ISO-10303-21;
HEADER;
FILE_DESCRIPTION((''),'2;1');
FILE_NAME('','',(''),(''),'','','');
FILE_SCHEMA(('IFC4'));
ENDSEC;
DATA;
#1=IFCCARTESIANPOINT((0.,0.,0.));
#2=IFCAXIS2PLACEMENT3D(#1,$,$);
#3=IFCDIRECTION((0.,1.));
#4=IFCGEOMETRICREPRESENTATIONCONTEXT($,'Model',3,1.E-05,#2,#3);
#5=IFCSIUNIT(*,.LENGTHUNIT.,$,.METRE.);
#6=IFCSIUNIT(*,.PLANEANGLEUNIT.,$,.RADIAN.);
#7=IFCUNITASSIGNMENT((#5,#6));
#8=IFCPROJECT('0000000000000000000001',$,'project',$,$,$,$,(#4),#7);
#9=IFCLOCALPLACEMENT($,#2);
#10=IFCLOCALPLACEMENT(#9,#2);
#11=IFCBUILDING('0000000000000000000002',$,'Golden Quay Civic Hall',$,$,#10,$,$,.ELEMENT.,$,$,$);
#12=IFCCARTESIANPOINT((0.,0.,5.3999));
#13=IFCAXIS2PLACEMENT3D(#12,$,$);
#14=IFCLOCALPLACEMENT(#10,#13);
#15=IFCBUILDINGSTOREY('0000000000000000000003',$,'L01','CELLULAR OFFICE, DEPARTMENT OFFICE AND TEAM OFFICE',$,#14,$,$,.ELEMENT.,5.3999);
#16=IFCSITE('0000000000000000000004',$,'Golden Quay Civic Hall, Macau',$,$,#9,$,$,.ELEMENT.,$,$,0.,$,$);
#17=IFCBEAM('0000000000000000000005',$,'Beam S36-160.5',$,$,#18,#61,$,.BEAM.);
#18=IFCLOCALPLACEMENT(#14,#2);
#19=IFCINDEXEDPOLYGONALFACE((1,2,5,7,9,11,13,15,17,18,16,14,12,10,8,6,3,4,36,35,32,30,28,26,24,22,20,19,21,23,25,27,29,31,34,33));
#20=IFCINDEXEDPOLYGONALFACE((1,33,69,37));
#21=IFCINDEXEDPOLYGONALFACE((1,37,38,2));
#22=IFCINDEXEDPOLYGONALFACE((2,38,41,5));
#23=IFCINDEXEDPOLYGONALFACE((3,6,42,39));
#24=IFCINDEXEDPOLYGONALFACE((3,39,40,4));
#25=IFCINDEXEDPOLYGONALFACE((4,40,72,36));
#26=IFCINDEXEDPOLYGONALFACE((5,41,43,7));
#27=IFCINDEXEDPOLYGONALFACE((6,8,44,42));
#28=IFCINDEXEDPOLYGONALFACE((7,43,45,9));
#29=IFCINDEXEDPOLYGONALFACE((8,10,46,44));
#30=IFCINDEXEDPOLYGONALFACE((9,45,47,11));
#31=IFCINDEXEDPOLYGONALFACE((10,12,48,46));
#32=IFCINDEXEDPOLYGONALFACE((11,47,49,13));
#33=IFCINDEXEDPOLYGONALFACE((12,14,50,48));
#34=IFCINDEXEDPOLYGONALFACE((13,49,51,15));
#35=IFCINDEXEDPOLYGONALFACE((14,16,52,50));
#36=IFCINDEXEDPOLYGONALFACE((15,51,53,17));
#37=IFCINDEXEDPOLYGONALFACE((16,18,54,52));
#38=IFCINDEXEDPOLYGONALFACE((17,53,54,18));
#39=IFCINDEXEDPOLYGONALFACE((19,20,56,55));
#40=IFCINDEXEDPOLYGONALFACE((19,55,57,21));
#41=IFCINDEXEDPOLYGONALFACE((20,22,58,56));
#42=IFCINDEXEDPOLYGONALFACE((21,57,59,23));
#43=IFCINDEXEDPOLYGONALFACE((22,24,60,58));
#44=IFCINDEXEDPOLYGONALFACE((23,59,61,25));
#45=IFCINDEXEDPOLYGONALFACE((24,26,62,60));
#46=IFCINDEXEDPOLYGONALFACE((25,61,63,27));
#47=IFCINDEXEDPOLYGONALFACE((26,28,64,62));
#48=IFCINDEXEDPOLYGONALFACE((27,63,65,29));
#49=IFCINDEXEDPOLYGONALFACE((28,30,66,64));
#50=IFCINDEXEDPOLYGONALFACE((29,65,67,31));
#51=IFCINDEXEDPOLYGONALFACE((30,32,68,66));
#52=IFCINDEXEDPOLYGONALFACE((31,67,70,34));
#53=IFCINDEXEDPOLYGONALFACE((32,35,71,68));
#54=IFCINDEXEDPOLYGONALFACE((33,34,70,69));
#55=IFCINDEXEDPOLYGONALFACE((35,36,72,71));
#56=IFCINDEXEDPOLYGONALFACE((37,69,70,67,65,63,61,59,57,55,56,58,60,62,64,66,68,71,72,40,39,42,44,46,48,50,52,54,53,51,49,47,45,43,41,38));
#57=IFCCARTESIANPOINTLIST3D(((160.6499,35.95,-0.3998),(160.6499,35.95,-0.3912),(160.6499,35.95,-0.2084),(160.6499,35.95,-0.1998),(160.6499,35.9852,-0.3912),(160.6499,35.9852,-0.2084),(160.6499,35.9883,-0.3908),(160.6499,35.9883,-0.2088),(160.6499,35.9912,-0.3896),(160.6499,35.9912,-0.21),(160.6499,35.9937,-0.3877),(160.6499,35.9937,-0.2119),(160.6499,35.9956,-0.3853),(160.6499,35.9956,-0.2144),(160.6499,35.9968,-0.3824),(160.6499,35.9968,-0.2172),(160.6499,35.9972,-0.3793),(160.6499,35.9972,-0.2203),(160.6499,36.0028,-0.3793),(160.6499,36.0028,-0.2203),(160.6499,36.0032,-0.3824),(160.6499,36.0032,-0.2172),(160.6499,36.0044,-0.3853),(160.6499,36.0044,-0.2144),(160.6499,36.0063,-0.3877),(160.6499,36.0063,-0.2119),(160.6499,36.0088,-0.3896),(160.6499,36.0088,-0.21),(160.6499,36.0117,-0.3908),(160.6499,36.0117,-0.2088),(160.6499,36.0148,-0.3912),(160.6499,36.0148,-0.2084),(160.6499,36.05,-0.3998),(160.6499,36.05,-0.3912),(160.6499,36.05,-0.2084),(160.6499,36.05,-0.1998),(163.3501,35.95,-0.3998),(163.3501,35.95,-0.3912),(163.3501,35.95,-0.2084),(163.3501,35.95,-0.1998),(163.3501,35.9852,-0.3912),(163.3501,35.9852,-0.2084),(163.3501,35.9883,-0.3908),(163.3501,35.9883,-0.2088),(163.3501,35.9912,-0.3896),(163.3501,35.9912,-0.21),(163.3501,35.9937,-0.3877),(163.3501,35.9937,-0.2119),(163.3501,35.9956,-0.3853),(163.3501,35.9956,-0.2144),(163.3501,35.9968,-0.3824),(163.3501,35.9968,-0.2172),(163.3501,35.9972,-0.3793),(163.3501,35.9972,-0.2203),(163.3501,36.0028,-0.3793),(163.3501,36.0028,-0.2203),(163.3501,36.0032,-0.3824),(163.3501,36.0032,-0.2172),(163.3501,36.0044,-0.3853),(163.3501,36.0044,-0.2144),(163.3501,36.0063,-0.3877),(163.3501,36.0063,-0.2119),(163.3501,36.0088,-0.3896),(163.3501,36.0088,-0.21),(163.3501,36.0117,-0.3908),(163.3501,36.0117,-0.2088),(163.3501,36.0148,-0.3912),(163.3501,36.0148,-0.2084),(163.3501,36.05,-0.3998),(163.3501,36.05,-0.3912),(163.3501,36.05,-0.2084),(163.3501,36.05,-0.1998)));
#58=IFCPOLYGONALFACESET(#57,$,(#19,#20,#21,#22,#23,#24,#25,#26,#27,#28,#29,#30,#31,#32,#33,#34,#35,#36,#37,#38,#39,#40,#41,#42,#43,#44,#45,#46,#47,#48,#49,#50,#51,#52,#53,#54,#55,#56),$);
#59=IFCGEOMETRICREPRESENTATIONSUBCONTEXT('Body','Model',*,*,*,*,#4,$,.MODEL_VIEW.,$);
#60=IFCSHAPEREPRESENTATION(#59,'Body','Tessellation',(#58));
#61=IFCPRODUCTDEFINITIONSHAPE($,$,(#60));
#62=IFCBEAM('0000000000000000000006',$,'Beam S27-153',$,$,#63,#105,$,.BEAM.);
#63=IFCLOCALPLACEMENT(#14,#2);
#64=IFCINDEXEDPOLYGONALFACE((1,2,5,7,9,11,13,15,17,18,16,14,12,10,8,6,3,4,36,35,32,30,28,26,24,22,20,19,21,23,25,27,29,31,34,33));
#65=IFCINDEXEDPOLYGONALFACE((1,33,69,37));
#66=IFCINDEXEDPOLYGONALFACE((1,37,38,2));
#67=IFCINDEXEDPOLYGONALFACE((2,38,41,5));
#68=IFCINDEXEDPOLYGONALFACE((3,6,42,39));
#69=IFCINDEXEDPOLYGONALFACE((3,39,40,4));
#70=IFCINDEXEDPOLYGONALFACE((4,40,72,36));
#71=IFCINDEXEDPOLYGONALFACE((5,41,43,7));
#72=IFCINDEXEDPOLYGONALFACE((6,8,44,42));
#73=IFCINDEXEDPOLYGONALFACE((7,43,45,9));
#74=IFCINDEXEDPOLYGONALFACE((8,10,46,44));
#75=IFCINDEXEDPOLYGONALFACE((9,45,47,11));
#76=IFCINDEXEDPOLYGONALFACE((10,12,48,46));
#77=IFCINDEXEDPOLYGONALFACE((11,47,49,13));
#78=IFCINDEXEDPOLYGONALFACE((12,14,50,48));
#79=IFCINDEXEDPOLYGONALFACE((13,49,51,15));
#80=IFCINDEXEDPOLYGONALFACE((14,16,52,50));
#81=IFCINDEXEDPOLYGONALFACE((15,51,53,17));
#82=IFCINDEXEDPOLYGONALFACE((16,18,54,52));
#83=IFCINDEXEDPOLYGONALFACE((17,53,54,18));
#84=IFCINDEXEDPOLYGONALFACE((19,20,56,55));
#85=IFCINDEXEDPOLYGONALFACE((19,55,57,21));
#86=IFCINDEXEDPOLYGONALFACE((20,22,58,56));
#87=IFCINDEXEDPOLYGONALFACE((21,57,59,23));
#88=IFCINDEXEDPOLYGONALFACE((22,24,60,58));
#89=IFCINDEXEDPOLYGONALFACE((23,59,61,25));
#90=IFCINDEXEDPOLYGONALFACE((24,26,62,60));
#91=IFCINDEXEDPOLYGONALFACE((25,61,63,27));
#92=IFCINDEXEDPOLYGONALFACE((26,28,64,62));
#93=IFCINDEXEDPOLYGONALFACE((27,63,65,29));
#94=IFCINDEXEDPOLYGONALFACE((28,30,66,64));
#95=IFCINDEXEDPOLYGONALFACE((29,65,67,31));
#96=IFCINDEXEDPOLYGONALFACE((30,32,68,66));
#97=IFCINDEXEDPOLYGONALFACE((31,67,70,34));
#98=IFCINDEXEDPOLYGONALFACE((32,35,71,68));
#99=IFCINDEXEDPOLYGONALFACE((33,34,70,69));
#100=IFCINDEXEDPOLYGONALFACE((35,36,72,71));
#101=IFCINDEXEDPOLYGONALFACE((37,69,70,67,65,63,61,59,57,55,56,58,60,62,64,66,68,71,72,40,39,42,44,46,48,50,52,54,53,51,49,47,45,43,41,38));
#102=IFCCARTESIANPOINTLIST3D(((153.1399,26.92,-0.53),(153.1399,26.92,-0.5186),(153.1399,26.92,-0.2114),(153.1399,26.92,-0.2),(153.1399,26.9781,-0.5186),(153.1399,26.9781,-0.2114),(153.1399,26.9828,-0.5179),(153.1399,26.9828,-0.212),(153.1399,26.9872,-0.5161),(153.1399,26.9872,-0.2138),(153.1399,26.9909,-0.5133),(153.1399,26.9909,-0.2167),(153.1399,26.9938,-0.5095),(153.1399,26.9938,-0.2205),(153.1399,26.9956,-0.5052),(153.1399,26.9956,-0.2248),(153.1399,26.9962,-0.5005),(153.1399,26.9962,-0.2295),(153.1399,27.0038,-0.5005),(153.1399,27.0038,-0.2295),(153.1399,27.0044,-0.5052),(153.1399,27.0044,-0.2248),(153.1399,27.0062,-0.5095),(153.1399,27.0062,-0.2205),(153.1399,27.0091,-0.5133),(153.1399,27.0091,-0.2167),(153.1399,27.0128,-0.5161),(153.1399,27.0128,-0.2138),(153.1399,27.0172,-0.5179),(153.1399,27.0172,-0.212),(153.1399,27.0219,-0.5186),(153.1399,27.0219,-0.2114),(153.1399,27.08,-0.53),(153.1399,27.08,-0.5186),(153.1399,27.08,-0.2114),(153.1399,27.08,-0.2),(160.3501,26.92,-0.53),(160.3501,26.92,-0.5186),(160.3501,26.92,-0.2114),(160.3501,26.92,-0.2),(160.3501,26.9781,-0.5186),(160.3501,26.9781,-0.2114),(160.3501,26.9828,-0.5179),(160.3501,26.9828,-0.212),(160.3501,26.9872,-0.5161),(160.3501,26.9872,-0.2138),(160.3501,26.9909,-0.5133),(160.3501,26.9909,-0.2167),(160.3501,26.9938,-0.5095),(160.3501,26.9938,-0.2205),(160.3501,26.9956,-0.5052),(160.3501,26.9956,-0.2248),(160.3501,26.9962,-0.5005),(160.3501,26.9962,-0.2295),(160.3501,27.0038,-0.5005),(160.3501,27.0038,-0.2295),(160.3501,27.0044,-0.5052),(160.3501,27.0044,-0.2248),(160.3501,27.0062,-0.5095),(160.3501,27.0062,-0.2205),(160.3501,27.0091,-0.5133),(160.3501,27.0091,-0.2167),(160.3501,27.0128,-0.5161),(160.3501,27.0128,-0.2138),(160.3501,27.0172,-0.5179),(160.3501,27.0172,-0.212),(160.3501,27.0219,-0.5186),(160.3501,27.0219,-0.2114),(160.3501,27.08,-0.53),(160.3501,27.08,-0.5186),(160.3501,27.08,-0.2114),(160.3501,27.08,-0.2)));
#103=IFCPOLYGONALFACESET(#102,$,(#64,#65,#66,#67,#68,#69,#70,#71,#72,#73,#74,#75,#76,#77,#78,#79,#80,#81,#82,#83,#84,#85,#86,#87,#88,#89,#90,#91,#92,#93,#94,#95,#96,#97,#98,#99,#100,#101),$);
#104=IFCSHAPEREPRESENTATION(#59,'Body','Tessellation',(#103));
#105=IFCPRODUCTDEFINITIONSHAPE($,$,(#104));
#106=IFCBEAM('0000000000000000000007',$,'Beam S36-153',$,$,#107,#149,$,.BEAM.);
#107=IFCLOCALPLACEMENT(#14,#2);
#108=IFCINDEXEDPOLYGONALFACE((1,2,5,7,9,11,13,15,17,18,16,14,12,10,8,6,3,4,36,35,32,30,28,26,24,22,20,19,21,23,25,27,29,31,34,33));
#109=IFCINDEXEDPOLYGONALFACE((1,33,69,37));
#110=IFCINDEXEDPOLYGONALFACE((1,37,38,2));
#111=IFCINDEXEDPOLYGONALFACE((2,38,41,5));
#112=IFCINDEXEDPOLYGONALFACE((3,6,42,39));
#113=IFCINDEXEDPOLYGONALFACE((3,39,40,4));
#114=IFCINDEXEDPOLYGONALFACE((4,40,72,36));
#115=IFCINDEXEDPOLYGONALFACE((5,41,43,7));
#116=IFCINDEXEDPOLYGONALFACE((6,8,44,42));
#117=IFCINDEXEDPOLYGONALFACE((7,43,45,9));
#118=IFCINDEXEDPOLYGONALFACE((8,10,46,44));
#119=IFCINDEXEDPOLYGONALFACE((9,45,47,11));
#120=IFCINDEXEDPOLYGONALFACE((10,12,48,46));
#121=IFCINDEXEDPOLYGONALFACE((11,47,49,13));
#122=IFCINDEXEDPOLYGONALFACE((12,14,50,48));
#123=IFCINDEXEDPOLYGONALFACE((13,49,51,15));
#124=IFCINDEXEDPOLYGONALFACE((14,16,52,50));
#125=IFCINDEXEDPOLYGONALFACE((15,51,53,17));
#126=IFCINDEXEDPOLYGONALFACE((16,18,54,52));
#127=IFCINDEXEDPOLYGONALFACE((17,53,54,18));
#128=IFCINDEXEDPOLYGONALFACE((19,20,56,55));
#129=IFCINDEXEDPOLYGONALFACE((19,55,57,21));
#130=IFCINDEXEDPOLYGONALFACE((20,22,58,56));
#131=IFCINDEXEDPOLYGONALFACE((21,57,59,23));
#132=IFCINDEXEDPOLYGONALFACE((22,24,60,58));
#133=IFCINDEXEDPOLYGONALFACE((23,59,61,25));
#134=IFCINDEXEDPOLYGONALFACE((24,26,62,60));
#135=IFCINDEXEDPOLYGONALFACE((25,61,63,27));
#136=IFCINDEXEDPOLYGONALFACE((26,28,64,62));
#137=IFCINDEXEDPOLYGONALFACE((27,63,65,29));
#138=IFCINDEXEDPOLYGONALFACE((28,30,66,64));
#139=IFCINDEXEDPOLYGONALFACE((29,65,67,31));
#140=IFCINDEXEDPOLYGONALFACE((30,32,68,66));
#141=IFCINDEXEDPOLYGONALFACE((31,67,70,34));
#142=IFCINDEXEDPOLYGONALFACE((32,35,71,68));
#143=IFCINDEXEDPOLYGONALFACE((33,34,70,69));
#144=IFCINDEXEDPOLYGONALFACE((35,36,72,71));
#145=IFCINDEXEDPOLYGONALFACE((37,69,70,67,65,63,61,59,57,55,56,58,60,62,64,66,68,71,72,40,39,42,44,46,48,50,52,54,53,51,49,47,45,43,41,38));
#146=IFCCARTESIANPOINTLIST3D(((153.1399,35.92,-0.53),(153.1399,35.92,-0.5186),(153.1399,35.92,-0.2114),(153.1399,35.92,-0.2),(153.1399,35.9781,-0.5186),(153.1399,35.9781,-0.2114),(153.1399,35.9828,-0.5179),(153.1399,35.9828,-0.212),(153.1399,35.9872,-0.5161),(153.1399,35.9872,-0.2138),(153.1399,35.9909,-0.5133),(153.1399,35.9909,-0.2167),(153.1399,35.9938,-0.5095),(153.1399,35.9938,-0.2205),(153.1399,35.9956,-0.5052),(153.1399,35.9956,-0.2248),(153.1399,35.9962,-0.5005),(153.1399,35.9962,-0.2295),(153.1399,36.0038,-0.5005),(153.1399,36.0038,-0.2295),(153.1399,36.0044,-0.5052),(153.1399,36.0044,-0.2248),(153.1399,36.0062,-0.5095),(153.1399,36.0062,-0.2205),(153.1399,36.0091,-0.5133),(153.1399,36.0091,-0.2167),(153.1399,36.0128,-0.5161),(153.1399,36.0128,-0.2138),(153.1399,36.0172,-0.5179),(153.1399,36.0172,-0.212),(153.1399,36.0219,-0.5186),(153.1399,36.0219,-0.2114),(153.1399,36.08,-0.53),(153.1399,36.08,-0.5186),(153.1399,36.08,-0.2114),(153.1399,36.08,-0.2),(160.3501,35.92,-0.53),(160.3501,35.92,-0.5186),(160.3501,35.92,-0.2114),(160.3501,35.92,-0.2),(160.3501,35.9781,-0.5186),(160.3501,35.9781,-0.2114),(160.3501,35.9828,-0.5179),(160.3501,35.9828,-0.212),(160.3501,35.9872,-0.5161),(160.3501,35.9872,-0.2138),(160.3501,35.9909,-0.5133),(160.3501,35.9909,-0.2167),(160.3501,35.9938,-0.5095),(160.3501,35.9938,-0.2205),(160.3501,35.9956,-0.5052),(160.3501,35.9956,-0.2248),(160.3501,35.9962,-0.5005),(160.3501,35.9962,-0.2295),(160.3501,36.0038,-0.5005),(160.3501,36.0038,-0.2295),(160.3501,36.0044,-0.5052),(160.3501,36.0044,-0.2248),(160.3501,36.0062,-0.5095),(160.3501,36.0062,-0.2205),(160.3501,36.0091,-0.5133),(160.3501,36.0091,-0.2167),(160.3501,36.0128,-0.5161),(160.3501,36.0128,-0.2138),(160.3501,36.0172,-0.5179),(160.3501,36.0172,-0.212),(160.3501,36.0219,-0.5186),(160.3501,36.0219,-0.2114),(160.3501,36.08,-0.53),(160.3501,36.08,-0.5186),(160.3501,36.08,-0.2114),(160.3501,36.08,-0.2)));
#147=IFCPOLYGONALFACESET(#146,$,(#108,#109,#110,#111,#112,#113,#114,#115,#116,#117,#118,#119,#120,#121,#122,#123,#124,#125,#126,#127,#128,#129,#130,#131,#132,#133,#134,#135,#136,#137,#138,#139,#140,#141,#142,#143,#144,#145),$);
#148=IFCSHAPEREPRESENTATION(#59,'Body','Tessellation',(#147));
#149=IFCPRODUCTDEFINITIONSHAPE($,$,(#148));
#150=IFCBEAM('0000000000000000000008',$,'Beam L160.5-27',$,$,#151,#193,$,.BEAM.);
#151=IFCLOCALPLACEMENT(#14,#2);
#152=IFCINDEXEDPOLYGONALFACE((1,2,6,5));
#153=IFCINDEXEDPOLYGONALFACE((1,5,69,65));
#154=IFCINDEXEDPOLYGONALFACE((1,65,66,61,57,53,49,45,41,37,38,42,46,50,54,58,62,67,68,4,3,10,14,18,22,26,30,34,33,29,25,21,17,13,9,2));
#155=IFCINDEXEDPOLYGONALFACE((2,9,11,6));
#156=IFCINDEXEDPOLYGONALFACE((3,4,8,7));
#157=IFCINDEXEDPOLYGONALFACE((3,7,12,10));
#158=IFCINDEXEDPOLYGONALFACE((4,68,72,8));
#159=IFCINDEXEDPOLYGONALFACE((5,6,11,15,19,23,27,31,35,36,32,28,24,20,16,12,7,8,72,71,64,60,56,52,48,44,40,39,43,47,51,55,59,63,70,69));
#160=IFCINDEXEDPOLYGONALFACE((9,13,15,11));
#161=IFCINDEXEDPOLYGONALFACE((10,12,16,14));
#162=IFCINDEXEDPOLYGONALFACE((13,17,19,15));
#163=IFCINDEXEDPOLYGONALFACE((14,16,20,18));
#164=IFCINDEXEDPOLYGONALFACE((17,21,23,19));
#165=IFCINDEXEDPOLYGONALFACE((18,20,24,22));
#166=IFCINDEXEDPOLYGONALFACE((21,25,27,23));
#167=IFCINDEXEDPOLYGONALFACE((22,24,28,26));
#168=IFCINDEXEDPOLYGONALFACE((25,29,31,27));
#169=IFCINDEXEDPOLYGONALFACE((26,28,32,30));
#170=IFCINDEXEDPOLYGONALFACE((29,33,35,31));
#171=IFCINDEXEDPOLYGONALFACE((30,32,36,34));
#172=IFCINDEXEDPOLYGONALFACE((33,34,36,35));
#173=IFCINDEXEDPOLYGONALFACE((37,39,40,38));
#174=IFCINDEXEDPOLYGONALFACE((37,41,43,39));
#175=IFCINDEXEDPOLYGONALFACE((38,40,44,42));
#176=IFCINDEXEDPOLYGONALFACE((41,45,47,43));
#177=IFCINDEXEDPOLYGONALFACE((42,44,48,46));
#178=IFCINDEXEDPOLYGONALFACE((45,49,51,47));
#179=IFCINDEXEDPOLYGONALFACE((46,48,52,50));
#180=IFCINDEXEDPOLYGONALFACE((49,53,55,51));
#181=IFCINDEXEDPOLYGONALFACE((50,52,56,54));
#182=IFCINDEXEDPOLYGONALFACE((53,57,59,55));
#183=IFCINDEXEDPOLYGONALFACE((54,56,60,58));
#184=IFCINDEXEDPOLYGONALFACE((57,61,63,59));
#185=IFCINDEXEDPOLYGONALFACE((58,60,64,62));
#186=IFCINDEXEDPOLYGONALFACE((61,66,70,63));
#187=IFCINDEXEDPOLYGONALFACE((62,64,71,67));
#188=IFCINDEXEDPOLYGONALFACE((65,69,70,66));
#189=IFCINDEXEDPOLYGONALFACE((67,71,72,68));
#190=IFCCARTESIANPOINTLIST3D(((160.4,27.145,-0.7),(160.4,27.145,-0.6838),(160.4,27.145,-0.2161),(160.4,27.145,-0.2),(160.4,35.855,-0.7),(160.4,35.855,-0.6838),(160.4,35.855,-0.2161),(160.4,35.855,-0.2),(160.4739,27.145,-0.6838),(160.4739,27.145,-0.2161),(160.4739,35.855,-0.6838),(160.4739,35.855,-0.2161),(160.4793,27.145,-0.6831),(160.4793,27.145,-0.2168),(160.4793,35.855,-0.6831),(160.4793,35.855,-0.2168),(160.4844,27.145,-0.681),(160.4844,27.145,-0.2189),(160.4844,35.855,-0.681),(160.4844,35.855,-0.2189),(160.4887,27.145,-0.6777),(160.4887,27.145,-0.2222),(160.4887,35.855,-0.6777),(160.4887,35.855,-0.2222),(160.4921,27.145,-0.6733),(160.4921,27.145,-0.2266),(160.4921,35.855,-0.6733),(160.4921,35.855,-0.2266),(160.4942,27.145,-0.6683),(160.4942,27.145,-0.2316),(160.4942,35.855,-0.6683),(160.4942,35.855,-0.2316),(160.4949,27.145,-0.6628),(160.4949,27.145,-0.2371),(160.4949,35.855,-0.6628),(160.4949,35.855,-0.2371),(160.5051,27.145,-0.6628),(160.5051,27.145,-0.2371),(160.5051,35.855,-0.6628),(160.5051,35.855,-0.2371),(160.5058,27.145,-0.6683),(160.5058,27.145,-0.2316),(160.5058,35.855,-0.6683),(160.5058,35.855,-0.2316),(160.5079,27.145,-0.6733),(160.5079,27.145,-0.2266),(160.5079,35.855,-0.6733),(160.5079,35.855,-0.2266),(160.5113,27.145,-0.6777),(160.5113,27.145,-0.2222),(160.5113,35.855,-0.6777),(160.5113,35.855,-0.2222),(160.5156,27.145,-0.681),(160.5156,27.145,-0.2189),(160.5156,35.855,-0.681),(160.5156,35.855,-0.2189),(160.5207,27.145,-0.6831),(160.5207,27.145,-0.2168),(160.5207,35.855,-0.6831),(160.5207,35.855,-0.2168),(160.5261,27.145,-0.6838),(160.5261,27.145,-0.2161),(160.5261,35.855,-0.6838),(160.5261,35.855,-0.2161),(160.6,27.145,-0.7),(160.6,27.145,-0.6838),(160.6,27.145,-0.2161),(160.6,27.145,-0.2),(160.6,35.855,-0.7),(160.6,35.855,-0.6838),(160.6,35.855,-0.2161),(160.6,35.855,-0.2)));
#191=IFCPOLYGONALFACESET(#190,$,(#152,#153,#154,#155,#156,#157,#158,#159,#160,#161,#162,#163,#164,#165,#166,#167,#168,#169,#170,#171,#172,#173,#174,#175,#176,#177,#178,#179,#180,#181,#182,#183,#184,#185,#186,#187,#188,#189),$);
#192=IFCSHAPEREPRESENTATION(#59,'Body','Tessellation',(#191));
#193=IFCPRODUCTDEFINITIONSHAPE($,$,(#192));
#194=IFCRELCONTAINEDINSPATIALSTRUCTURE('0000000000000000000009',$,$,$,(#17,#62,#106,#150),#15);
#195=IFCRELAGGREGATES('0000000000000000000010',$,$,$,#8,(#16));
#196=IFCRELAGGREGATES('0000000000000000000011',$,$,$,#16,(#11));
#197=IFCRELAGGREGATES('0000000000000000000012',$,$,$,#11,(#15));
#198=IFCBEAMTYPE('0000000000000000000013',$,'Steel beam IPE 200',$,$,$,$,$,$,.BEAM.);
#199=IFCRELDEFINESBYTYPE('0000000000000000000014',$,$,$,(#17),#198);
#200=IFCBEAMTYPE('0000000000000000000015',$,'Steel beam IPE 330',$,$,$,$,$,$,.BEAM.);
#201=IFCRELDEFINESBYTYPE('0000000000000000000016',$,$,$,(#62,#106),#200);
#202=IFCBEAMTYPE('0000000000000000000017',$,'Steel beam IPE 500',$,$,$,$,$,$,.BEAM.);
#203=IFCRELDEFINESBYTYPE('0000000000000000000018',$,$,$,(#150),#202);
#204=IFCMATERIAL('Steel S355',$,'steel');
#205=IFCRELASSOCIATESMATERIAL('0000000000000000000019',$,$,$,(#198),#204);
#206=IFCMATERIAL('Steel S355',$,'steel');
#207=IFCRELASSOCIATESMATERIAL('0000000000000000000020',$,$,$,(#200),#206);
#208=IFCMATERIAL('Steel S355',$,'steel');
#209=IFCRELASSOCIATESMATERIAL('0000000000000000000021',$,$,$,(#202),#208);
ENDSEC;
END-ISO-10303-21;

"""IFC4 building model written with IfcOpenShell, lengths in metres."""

from ifc_helpers import new_model, si_unit, direction, frame, origin, origin_2d, place, context, subcontext, project, spatial, i_section, extrude, material, material_profile, profile_set, type_object, element, save


model = new_model("IFC4")

# Units and contexts
model_context = context("Model", 3, precision=1e-05, world=origin(), true_north=direction((0.0, 1.0)))
body_context = subcontext(model_context, "Body", "Model", "MODEL_VIEW")
ifc_project = project(units=[si_unit("LENGTHUNIT", "METRE"), si_unit("PLANEANGLEUNIT", "RADIAN")], contexts=[model_context])

# Site, building, storey
site_placement = place(None, origin())
site = spatial("IfcSite", under=ifc_project, at=site_placement, Name="Golden Quay Civic Hall, Macau", CompositionType="ELEMENT", RefElevation=0.0)
building_placement = place(site_placement, origin())
building = spatial("IfcBuilding", under=site, at=building_placement, Name="Golden Quay Civic Hall", CompositionType="ELEMENT")
storey_placement = place(building_placement, frame((0.0, 0.0, 5.3999)))
storey = spatial("IfcBuildingStorey", under=building, at=storey_placement, Name="L01", Description="CELLULAR OFFICE, DEPARTMENT OFFICE AND TEAM OFFICE", CompositionType="ELEMENT", Elevation=5.3999)

# Beams
ifc_material_1 = material(Name="Steel S355", Category="steel")
ifc_material_profile_1 = material_profile(ifc_material_1, i_section(OverallWidth=0.1001, OverallDepth=0.2, WebThickness=0.0056, FlangeThickness=0.0085, FilletRadius=0.012, at=origin_2d()), Name="IPE 200")
ifc_profile_set_1 = profile_set([ifc_material_profile_1], Name="Steel S355")
beam_type_1 = type_object("IfcBeamType", Name="Steel beam IPE 200", PredefinedType="BEAM", material=ifc_profile_set_1)
for number, where, z_axis, x_axis, name in (
    (1, (160.6499, 36.0, -0.2998), (1.0, 0.0, 0.0), (0.0, 1.0, 0.0), "Beam S36-160.5"),
):
    element("IfcBeam", number, at=place(storey_placement, frame(where, z_axis=z_axis, x_axis=x_axis)), inside=storey, type_object=beam_type_1, Name=name, PredefinedType="BEAM", context=body_context, shape_type="SweptSolid", body=[
        extrude(i_section(OverallWidth=0.1001, OverallDepth=0.2, WebThickness=0.0056, FlangeThickness=0.0085, FilletRadius=0.012, at=origin_2d()), origin(), (0.0, 0.0, 1.0), 2.7002),
    ])
ifc_material_2 = material(Name="Steel S355", Category="steel")
ifc_material_profile_2 = material_profile(ifc_material_2, i_section(OverallWidth=0.1599, OverallDepth=0.3301, WebThickness=0.0076, FlangeThickness=0.0115, FilletRadius=0.0181, at=origin_2d()), Name="IPE 330")
ifc_profile_set_2 = profile_set([ifc_material_profile_2], Name="Steel S355")
beam_type_2 = type_object("IfcBeamType", Name="Steel beam IPE 330", PredefinedType="BEAM", material=ifc_profile_set_2)
for number, where, z_axis, x_axis, name in (
    (2, (153.1399, 27.0, -0.365), (1.0, 0.0, 0.0), (0.0, 1.0, 0.0), "Beam S27-153"),
    (3, (153.1399, 36.0, -0.365), (1.0, 0.0, 0.0), (0.0, 1.0, 0.0), "Beam S36-153"),
):
    element("IfcBeam", number, at=place(storey_placement, frame(where, z_axis=z_axis, x_axis=x_axis)), inside=storey, type_object=beam_type_2, Name=name, PredefinedType="BEAM", context=body_context, shape_type="SweptSolid", body=[
        extrude(i_section(OverallWidth=0.1599, OverallDepth=0.3301, WebThickness=0.0076, FlangeThickness=0.0115, FilletRadius=0.0181, at=origin_2d()), origin(), (0.0, 0.0, 1.0), 7.2102),
    ])
ifc_material_3 = material(Name="Steel S355", Category="steel")
ifc_material_profile_3 = material_profile(ifc_material_3, i_section(OverallWidth=0.2, OverallDepth=0.5, WebThickness=0.0103, FlangeThickness=0.0161, FilletRadius=0.021, at=origin_2d()), Name="IPE 500")
ifc_profile_set_3 = profile_set([ifc_material_profile_3], Name="Steel S355")
beam_type_3 = type_object("IfcBeamType", Name="Steel beam IPE 500", PredefinedType="BEAM", material=ifc_profile_set_3)
for number, where, z_axis, x_axis, name in (
    (4, (160.5, 27.145, -0.45), (0.0, 1.0, 0.0), (-1.0, 0.0, 0.0), "Beam L160.5-27"),
):
    element("IfcBeam", number, at=place(storey_placement, frame(where, z_axis=z_axis, x_axis=x_axis)), inside=storey, type_object=beam_type_3, Name=name, PredefinedType="BEAM", context=body_context, shape_type="SweptSolid", body=[
        extrude(i_section(OverallWidth=0.2, OverallDepth=0.5, WebThickness=0.0103, FlangeThickness=0.0161, FilletRadius=0.021, at=origin_2d()), origin(), (0.0, 0.0, 1.0), 8.71),
    ])

save(model, "model.ifc")
